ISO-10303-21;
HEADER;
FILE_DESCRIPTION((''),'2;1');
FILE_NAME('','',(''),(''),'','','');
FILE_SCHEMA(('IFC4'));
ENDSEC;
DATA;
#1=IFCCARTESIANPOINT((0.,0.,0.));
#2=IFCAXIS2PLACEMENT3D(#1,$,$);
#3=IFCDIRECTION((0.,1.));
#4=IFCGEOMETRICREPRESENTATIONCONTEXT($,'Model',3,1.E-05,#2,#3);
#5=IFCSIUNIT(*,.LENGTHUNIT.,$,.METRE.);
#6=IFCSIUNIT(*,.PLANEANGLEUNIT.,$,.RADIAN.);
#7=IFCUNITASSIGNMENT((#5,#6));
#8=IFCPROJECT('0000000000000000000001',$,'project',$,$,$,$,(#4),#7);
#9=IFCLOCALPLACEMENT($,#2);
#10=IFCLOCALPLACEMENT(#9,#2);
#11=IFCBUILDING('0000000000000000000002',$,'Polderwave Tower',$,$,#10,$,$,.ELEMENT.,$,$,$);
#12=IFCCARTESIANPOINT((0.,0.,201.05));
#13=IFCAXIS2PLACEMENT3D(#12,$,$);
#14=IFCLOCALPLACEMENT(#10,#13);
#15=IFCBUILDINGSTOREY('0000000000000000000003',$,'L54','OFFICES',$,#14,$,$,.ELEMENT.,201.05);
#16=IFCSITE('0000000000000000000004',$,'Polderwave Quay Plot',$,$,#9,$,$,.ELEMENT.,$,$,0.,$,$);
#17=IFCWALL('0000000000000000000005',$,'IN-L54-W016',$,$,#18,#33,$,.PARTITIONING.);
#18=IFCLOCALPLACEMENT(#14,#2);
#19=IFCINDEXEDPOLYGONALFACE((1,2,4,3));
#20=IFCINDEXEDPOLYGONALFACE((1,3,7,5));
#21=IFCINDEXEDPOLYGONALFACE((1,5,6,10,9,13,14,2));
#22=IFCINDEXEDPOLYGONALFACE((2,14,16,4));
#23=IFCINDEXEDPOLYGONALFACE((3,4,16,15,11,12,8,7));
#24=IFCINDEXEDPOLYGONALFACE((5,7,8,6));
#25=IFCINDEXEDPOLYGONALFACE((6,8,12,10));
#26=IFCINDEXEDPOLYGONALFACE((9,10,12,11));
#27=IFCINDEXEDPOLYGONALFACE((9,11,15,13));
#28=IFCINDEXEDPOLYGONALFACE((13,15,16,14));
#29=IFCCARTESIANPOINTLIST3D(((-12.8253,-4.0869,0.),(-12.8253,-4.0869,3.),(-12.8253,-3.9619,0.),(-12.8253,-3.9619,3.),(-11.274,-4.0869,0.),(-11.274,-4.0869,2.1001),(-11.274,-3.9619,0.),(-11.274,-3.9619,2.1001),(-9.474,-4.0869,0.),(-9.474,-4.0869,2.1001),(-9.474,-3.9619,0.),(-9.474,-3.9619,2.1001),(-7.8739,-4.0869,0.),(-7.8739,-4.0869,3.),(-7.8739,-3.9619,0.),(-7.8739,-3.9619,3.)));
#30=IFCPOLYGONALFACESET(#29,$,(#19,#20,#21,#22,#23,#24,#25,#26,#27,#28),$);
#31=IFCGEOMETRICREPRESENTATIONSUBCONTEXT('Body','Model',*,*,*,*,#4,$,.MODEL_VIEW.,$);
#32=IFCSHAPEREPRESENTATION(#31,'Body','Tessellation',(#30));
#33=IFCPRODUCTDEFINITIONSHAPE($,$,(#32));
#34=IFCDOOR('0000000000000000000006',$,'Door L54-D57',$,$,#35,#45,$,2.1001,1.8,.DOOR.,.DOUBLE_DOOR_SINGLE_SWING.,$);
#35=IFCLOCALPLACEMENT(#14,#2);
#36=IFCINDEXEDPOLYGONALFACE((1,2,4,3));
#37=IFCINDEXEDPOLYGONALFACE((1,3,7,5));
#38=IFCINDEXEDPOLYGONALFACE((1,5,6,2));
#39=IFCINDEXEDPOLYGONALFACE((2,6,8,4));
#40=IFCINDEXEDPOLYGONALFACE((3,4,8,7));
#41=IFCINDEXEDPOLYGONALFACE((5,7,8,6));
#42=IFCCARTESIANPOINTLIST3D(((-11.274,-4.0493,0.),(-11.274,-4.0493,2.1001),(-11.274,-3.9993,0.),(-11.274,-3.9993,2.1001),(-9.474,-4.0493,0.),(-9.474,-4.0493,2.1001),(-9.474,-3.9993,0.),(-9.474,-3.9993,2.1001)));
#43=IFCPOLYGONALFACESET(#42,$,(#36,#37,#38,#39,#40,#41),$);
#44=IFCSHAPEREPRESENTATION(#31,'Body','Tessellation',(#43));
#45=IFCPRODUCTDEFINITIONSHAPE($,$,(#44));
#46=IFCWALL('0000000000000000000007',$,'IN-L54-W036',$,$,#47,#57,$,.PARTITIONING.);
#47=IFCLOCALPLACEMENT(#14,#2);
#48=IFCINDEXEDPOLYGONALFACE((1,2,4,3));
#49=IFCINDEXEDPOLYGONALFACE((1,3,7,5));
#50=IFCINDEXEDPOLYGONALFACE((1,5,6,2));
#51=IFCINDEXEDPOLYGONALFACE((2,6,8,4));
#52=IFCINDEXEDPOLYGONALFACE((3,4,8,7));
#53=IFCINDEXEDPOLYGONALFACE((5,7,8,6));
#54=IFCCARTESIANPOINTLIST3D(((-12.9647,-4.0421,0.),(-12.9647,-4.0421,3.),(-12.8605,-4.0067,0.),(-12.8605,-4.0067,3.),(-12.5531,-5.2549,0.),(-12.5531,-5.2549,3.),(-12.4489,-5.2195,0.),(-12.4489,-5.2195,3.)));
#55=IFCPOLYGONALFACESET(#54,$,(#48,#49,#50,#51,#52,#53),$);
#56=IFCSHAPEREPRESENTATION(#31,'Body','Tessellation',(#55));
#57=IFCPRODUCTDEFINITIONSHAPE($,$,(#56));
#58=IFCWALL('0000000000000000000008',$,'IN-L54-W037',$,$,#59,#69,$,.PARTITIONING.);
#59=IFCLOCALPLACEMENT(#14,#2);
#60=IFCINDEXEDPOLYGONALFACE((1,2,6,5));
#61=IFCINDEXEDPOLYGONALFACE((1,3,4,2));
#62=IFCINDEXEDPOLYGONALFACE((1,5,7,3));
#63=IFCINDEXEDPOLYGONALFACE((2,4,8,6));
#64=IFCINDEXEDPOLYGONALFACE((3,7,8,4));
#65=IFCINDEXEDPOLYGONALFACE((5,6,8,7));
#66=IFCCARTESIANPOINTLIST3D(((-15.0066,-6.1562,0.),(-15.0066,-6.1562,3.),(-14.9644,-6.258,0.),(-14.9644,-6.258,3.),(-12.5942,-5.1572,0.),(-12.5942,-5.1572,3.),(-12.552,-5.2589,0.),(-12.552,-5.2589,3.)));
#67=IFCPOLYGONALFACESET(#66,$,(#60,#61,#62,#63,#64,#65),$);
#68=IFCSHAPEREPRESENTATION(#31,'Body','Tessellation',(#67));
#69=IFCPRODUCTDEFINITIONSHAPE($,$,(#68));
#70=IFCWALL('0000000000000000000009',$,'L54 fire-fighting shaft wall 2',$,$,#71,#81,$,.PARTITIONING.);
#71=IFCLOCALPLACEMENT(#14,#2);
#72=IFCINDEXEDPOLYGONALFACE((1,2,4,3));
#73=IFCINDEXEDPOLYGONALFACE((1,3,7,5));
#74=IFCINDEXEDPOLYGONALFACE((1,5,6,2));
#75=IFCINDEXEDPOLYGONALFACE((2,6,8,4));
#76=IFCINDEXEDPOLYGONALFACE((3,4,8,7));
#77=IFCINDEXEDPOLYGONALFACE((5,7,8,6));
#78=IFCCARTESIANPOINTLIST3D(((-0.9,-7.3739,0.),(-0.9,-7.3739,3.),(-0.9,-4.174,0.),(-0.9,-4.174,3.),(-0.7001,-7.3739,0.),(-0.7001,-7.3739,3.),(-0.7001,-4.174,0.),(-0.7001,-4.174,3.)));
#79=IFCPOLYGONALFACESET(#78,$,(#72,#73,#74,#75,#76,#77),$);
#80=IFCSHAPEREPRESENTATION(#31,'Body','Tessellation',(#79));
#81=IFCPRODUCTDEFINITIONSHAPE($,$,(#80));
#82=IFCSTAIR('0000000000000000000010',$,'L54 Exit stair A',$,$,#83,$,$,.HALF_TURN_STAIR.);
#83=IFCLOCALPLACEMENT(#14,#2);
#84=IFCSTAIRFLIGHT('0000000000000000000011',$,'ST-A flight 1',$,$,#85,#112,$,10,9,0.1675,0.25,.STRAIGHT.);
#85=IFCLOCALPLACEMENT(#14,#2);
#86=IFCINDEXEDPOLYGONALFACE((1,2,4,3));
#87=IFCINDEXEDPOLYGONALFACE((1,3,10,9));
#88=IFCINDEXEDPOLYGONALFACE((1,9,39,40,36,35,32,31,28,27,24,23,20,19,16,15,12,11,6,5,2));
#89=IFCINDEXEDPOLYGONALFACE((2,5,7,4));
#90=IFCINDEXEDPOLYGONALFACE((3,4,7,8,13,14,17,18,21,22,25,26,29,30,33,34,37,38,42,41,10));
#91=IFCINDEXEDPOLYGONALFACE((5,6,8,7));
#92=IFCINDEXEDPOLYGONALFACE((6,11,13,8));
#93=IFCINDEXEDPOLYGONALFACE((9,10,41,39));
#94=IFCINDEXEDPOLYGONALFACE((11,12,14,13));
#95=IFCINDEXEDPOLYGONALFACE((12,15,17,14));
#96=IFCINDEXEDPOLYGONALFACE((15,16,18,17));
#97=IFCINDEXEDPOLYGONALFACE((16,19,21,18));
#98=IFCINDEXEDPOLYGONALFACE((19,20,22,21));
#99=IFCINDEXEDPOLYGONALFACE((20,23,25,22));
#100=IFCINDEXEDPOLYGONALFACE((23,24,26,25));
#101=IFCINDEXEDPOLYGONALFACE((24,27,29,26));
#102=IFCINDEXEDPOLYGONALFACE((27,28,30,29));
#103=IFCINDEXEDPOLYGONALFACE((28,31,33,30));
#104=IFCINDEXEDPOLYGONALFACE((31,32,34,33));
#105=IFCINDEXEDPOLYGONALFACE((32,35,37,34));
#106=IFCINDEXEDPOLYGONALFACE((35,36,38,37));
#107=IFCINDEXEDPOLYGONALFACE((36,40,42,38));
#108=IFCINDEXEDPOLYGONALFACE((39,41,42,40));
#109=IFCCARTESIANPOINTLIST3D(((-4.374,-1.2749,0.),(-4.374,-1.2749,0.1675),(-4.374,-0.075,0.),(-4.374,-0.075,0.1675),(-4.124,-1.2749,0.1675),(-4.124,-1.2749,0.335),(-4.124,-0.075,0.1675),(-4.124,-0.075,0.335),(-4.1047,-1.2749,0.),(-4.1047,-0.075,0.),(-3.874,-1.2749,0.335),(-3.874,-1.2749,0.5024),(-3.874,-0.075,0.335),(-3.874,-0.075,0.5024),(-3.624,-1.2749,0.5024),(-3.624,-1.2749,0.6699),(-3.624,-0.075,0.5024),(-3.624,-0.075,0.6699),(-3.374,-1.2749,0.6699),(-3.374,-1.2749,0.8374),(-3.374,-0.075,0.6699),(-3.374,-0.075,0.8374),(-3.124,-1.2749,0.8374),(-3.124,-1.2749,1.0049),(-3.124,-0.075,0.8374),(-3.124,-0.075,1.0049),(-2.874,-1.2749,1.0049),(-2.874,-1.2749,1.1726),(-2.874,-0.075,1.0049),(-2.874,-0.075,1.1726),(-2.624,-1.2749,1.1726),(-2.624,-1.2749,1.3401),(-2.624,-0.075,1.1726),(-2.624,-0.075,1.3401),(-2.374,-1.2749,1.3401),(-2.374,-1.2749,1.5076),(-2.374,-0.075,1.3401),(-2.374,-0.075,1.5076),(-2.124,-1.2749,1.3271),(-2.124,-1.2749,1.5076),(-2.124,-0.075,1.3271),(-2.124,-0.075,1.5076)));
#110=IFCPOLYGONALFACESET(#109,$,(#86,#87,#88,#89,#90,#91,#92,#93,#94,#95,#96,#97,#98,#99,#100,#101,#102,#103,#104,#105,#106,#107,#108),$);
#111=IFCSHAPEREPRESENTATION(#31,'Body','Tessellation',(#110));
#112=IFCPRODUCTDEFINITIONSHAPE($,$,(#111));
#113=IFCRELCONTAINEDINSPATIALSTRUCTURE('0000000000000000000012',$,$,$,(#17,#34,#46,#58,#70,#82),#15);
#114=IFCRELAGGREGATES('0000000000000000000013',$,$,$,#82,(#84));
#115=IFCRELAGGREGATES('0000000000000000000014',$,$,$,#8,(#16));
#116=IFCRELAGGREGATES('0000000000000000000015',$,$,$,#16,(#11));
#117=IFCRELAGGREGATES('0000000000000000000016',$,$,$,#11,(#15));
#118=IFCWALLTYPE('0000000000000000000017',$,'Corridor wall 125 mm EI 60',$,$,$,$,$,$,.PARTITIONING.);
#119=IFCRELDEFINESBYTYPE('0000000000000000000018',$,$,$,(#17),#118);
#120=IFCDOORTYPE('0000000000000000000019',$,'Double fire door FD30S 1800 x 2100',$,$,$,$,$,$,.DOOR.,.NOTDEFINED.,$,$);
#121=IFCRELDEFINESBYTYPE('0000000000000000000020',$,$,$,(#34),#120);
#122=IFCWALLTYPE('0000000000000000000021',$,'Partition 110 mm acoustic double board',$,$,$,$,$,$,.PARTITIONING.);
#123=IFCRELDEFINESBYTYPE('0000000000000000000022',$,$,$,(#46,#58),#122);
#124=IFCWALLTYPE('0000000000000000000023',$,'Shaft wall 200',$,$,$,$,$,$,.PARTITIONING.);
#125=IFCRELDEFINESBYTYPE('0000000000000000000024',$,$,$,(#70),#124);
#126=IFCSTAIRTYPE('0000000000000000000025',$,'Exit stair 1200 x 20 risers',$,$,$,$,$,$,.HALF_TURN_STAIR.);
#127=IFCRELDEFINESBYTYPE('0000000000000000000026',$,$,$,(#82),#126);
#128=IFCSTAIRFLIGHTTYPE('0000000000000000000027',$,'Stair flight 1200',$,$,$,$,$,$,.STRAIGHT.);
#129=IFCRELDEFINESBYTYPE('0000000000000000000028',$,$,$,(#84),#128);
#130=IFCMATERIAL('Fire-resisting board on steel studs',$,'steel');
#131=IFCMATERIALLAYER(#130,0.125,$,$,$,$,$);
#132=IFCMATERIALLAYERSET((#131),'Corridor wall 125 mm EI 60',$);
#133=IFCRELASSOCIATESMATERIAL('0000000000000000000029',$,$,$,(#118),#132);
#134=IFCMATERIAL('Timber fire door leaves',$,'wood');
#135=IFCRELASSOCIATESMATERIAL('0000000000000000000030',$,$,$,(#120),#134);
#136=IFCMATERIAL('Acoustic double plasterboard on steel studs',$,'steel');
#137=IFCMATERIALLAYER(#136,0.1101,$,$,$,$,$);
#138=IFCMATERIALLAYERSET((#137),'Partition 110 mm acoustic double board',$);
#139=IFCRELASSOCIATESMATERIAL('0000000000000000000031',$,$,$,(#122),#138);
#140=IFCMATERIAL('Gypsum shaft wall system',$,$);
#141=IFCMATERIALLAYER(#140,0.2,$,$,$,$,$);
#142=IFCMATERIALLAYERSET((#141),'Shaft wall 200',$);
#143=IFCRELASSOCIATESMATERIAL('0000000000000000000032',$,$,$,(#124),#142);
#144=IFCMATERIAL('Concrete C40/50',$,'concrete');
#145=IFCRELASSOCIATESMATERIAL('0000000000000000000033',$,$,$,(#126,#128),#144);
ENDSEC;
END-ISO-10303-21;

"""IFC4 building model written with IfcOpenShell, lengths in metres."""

from ifc_helpers import new_model, si_unit, direction, frame, frame_2d, origin, place, context, subcontext, project, spatial, polyline, rectangle, outline, extrude, material, layer, layer_set, type_object, element, fill, aggregate, save


model = new_model("IFC4")

# Units and contexts
model_context = context("Model", 3, precision=1e-05, world=origin(), true_north=direction((0.0, 1.0)))
body_context = subcontext(model_context, "Body", "Model", "MODEL_VIEW")
ifc_project = project(units=[si_unit("LENGTHUNIT", "METRE"), si_unit("PLANEANGLEUNIT", "RADIAN")], contexts=[model_context])

# Site, building, storey
site_placement = place(None, origin())
site = spatial("IfcSite", under=ifc_project, at=site_placement, Name="Polderwave Quay Plot", CompositionType="ELEMENT", RefElevation=0.0)
building_placement = place(site_placement, origin())
building = spatial("IfcBuilding", under=site, at=building_placement, Name="Polderwave Tower", CompositionType="ELEMENT")
storey_placement = place(building_placement, frame((0.0, 0.0, 201.05)))
storey = spatial("IfcBuildingStorey", under=building, at=storey_placement, Name="L54", Description="OFFICES", CompositionType="ELEMENT", Elevation=201.05)

# Shared definitions
ifc_material_1 = material(Name="Fire-resisting board on steel studs", Category="steel")
ifc_layer_1 = layer(ifc_material_1, 0.125)
ifc_layer_set_1 = layer_set([ifc_layer_1], Name="Corridor wall 125 mm EI 60")
wall_type_1 = type_object("IfcWallType", Name="Corridor wall 125 mm EI 60", PredefinedType="PARTITIONING", material=ifc_layer_set_1)

# Wall, opening, door
wall_1_placement = place(storey_placement, frame((-7.874, -4.0244, 0.0), z_axis=(0.0, 0.0, 1.0), x_axis=(-1.0, 0.0, 0.0)))
wall_1 = element("IfcWall", 1, at=wall_1_placement, inside=storey, type_object=wall_type_1, Name="IN-L54-W016", PredefinedType="PARTITIONING", context=body_context, shape_type="SweptSolid", body=[
    extrude(rectangle(XDim=4.9514, YDim=0.125, at=frame_2d((2.4756, 0.0))), origin(), (0.0, 0.0, 1.0), 3.0),
])
opening_1_placement = place(wall_1_placement, frame((1.6001, 0.0, 0.0)))
opening_1 = element("IfcOpeningElement", 2, at=opening_1_placement, cuts=wall_1, PredefinedType="OPENING", context=body_context, shape_type="SweptSolid", body=[
    extrude(rectangle(XDim=1.8, YDim=2.1001, at=frame_2d((0.8999, 1.05))), frame((0.0, 0.0725, 0.0), z_axis=(0.0, -1.0, 0.0), x_axis=(1.0, 0.0, 0.0)), (0.0, 0.0, 1.0), 0.145),
])
ifc_material_2 = material(Name="Timber fire door leaves", Category="wood")
door_type_1 = type_object("IfcDoorType", Name="Double fire door FD30S 1800 x 2100", OperationType="NOTDEFINED", PredefinedType="DOOR", material=ifc_material_2)
door_1_placement = place(opening_1_placement, origin())
door_1 = element("IfcDoor", 3, at=door_1_placement, inside=storey, type_object=door_type_1, Name="Door L54-D57", OperationType="DOUBLE_DOOR_SINGLE_SWING", OverallHeight=2.1001, OverallWidth=1.8, PredefinedType="DOOR", context=body_context, shape_type="SweptSolid", body=[
    extrude(rectangle(XDim=1.8, YDim=2.1001, at=frame_2d((0.8999, 1.05))), frame((0.0, 0.0249, 0.0), z_axis=(0.0, -1.0, 0.0), x_axis=(1.0, 0.0, 0.0)), (0.0, 0.0, 1.0), 0.05),
])
fill(opening_1, door_1)

# Walls
ifc_material_3 = material(Name="Acoustic double plasterboard on steel studs", Category="steel")
ifc_layer_2 = layer(ifc_material_3, 0.1101)
ifc_layer_set_2 = layer_set([ifc_layer_2], Name="Partition 110 mm acoustic double board")
wall_type_2 = type_object("IfcWallType", Name="Partition 110 mm acoustic double board", PredefinedType="PARTITIONING", material=ifc_layer_set_2)
wall_2_placement = place(storey_placement, frame((-12.9126, -4.0244, 0.0), z_axis=(0.0, 0.0, 1.0), x_axis=(0.32137, -0.946954, 0.0)))
element("IfcWall", 4, at=wall_2_placement, inside=storey, type_object=wall_type_2, Name="IN-L54-W036", PredefinedType="PARTITIONING", context=body_context, shape_type="SweptSolid", body=[
    extrude(rectangle(XDim=1.2808, YDim=0.1101, at=frame_2d((0.6404, 0.0))), origin(), (0.0, 0.0, 1.0), 3.0),
])
wall_3_placement = place(storey_placement, frame((-12.573, -5.208, 0.0), z_axis=(0.0, 0.0, 1.0), x_axis=(-0.923907, -0.382616, 0.0)))
element("IfcWall", 5, at=wall_3_placement, inside=storey, type_object=wall_type_2, Name="IN-L54-W037", PredefinedType="PARTITIONING", context=body_context, shape_type="SweptSolid", body=[
    extrude(rectangle(XDim=2.6111, YDim=0.1101, at=frame_2d((1.3057, 0.0))), origin(), (0.0, 0.0, 1.0), 3.0),
])
ifc_material_4 = material(Name="Gypsum shaft wall system")
ifc_layer_3 = layer(ifc_material_4, 0.2)
ifc_layer_set_3 = layer_set([ifc_layer_3], Name="Shaft wall 200")
wall_type_3 = type_object("IfcWallType", Name="Shaft wall 200", PredefinedType="PARTITIONING", material=ifc_layer_set_3)
wall_4_placement = place(storey_placement, frame((-0.8, -7.374, 0.0), z_axis=(0.0, 0.0, 1.0), x_axis=(0.0, 1.0, 0.0)))
element("IfcWall", 6, at=wall_4_placement, inside=storey, type_object=wall_type_3, Name="L54 fire-fighting shaft wall 2", PredefinedType="PARTITIONING", context=body_context, shape_type="SweptSolid", body=[
    extrude(rectangle(XDim=3.2, YDim=0.2, at=frame_2d((1.6001, 0.0))), origin(), (0.0, 0.0, 1.0), 3.0),
])

# Stair, stair flight
ifc_material_5 = material(Name="Concrete C40/50", Category="concrete")
stair_type = type_object("IfcStairType", Name="Exit stair 1200 x 20 risers", PredefinedType="HALF_TURN_STAIR", material=ifc_material_5)
stair_placement = place(storey_placement, origin())
stair = element("IfcStair", 7, at=stair_placement, inside=storey, type_object=stair_type, Name="L54 Exit stair A", PredefinedType="HALF_TURN_STAIR")
stair_flight_type = type_object("IfcStairFlightType", Name="Stair flight 1200", PredefinedType="STRAIGHT", material=ifc_material_5)
stair_flight_placement = place(storey_placement, frame((-4.374, -0.675, 0.0), z_axis=(0.0, 0.0, 1.0), x_axis=(1.0, 0.0, 0.0)))
stair_flight = element("IfcStairFlight", 8, at=stair_flight_placement, type_object=stair_flight_type, Name="ST-A flight 1", NumberOfRisers=10, NumberOfTreads=9, PredefinedType="STRAIGHT", RiserHeight=0.1675, TreadLength=0.25, context=body_context, shape_type="SweptSolid", body=[
    extrude(outline(polyline([(0.0, 0.0), (0.0, 0.1675), (0.25, 0.1675), (0.25, 0.335), (0.5, 0.335), (0.5, 0.5024), (0.75, 0.5024), (0.75, 0.6699), (1.0, 0.6699), (1.0, 0.8374), (1.25, 0.8374), (1.25, 1.0049), (1.5, 1.0049), (1.5, 1.1726), (1.75, 1.1726), (1.75, 1.3401), (2.0, 1.3401), (2.0, 1.5076), (2.25, 1.5076), (2.25, 1.675), (2.25, 1.3271), (0.2693, 0.0), (0.0, 0.0)])), frame((0.0, 0.6001, 0.0), z_axis=(0.0, -1.0, 0.0), x_axis=(1.0, 0.0, 0.0)), (0.0, 0.0, 1.0), 1.2),
])
aggregate(stair, [stair_flight])

save(model, "model.ifc")
